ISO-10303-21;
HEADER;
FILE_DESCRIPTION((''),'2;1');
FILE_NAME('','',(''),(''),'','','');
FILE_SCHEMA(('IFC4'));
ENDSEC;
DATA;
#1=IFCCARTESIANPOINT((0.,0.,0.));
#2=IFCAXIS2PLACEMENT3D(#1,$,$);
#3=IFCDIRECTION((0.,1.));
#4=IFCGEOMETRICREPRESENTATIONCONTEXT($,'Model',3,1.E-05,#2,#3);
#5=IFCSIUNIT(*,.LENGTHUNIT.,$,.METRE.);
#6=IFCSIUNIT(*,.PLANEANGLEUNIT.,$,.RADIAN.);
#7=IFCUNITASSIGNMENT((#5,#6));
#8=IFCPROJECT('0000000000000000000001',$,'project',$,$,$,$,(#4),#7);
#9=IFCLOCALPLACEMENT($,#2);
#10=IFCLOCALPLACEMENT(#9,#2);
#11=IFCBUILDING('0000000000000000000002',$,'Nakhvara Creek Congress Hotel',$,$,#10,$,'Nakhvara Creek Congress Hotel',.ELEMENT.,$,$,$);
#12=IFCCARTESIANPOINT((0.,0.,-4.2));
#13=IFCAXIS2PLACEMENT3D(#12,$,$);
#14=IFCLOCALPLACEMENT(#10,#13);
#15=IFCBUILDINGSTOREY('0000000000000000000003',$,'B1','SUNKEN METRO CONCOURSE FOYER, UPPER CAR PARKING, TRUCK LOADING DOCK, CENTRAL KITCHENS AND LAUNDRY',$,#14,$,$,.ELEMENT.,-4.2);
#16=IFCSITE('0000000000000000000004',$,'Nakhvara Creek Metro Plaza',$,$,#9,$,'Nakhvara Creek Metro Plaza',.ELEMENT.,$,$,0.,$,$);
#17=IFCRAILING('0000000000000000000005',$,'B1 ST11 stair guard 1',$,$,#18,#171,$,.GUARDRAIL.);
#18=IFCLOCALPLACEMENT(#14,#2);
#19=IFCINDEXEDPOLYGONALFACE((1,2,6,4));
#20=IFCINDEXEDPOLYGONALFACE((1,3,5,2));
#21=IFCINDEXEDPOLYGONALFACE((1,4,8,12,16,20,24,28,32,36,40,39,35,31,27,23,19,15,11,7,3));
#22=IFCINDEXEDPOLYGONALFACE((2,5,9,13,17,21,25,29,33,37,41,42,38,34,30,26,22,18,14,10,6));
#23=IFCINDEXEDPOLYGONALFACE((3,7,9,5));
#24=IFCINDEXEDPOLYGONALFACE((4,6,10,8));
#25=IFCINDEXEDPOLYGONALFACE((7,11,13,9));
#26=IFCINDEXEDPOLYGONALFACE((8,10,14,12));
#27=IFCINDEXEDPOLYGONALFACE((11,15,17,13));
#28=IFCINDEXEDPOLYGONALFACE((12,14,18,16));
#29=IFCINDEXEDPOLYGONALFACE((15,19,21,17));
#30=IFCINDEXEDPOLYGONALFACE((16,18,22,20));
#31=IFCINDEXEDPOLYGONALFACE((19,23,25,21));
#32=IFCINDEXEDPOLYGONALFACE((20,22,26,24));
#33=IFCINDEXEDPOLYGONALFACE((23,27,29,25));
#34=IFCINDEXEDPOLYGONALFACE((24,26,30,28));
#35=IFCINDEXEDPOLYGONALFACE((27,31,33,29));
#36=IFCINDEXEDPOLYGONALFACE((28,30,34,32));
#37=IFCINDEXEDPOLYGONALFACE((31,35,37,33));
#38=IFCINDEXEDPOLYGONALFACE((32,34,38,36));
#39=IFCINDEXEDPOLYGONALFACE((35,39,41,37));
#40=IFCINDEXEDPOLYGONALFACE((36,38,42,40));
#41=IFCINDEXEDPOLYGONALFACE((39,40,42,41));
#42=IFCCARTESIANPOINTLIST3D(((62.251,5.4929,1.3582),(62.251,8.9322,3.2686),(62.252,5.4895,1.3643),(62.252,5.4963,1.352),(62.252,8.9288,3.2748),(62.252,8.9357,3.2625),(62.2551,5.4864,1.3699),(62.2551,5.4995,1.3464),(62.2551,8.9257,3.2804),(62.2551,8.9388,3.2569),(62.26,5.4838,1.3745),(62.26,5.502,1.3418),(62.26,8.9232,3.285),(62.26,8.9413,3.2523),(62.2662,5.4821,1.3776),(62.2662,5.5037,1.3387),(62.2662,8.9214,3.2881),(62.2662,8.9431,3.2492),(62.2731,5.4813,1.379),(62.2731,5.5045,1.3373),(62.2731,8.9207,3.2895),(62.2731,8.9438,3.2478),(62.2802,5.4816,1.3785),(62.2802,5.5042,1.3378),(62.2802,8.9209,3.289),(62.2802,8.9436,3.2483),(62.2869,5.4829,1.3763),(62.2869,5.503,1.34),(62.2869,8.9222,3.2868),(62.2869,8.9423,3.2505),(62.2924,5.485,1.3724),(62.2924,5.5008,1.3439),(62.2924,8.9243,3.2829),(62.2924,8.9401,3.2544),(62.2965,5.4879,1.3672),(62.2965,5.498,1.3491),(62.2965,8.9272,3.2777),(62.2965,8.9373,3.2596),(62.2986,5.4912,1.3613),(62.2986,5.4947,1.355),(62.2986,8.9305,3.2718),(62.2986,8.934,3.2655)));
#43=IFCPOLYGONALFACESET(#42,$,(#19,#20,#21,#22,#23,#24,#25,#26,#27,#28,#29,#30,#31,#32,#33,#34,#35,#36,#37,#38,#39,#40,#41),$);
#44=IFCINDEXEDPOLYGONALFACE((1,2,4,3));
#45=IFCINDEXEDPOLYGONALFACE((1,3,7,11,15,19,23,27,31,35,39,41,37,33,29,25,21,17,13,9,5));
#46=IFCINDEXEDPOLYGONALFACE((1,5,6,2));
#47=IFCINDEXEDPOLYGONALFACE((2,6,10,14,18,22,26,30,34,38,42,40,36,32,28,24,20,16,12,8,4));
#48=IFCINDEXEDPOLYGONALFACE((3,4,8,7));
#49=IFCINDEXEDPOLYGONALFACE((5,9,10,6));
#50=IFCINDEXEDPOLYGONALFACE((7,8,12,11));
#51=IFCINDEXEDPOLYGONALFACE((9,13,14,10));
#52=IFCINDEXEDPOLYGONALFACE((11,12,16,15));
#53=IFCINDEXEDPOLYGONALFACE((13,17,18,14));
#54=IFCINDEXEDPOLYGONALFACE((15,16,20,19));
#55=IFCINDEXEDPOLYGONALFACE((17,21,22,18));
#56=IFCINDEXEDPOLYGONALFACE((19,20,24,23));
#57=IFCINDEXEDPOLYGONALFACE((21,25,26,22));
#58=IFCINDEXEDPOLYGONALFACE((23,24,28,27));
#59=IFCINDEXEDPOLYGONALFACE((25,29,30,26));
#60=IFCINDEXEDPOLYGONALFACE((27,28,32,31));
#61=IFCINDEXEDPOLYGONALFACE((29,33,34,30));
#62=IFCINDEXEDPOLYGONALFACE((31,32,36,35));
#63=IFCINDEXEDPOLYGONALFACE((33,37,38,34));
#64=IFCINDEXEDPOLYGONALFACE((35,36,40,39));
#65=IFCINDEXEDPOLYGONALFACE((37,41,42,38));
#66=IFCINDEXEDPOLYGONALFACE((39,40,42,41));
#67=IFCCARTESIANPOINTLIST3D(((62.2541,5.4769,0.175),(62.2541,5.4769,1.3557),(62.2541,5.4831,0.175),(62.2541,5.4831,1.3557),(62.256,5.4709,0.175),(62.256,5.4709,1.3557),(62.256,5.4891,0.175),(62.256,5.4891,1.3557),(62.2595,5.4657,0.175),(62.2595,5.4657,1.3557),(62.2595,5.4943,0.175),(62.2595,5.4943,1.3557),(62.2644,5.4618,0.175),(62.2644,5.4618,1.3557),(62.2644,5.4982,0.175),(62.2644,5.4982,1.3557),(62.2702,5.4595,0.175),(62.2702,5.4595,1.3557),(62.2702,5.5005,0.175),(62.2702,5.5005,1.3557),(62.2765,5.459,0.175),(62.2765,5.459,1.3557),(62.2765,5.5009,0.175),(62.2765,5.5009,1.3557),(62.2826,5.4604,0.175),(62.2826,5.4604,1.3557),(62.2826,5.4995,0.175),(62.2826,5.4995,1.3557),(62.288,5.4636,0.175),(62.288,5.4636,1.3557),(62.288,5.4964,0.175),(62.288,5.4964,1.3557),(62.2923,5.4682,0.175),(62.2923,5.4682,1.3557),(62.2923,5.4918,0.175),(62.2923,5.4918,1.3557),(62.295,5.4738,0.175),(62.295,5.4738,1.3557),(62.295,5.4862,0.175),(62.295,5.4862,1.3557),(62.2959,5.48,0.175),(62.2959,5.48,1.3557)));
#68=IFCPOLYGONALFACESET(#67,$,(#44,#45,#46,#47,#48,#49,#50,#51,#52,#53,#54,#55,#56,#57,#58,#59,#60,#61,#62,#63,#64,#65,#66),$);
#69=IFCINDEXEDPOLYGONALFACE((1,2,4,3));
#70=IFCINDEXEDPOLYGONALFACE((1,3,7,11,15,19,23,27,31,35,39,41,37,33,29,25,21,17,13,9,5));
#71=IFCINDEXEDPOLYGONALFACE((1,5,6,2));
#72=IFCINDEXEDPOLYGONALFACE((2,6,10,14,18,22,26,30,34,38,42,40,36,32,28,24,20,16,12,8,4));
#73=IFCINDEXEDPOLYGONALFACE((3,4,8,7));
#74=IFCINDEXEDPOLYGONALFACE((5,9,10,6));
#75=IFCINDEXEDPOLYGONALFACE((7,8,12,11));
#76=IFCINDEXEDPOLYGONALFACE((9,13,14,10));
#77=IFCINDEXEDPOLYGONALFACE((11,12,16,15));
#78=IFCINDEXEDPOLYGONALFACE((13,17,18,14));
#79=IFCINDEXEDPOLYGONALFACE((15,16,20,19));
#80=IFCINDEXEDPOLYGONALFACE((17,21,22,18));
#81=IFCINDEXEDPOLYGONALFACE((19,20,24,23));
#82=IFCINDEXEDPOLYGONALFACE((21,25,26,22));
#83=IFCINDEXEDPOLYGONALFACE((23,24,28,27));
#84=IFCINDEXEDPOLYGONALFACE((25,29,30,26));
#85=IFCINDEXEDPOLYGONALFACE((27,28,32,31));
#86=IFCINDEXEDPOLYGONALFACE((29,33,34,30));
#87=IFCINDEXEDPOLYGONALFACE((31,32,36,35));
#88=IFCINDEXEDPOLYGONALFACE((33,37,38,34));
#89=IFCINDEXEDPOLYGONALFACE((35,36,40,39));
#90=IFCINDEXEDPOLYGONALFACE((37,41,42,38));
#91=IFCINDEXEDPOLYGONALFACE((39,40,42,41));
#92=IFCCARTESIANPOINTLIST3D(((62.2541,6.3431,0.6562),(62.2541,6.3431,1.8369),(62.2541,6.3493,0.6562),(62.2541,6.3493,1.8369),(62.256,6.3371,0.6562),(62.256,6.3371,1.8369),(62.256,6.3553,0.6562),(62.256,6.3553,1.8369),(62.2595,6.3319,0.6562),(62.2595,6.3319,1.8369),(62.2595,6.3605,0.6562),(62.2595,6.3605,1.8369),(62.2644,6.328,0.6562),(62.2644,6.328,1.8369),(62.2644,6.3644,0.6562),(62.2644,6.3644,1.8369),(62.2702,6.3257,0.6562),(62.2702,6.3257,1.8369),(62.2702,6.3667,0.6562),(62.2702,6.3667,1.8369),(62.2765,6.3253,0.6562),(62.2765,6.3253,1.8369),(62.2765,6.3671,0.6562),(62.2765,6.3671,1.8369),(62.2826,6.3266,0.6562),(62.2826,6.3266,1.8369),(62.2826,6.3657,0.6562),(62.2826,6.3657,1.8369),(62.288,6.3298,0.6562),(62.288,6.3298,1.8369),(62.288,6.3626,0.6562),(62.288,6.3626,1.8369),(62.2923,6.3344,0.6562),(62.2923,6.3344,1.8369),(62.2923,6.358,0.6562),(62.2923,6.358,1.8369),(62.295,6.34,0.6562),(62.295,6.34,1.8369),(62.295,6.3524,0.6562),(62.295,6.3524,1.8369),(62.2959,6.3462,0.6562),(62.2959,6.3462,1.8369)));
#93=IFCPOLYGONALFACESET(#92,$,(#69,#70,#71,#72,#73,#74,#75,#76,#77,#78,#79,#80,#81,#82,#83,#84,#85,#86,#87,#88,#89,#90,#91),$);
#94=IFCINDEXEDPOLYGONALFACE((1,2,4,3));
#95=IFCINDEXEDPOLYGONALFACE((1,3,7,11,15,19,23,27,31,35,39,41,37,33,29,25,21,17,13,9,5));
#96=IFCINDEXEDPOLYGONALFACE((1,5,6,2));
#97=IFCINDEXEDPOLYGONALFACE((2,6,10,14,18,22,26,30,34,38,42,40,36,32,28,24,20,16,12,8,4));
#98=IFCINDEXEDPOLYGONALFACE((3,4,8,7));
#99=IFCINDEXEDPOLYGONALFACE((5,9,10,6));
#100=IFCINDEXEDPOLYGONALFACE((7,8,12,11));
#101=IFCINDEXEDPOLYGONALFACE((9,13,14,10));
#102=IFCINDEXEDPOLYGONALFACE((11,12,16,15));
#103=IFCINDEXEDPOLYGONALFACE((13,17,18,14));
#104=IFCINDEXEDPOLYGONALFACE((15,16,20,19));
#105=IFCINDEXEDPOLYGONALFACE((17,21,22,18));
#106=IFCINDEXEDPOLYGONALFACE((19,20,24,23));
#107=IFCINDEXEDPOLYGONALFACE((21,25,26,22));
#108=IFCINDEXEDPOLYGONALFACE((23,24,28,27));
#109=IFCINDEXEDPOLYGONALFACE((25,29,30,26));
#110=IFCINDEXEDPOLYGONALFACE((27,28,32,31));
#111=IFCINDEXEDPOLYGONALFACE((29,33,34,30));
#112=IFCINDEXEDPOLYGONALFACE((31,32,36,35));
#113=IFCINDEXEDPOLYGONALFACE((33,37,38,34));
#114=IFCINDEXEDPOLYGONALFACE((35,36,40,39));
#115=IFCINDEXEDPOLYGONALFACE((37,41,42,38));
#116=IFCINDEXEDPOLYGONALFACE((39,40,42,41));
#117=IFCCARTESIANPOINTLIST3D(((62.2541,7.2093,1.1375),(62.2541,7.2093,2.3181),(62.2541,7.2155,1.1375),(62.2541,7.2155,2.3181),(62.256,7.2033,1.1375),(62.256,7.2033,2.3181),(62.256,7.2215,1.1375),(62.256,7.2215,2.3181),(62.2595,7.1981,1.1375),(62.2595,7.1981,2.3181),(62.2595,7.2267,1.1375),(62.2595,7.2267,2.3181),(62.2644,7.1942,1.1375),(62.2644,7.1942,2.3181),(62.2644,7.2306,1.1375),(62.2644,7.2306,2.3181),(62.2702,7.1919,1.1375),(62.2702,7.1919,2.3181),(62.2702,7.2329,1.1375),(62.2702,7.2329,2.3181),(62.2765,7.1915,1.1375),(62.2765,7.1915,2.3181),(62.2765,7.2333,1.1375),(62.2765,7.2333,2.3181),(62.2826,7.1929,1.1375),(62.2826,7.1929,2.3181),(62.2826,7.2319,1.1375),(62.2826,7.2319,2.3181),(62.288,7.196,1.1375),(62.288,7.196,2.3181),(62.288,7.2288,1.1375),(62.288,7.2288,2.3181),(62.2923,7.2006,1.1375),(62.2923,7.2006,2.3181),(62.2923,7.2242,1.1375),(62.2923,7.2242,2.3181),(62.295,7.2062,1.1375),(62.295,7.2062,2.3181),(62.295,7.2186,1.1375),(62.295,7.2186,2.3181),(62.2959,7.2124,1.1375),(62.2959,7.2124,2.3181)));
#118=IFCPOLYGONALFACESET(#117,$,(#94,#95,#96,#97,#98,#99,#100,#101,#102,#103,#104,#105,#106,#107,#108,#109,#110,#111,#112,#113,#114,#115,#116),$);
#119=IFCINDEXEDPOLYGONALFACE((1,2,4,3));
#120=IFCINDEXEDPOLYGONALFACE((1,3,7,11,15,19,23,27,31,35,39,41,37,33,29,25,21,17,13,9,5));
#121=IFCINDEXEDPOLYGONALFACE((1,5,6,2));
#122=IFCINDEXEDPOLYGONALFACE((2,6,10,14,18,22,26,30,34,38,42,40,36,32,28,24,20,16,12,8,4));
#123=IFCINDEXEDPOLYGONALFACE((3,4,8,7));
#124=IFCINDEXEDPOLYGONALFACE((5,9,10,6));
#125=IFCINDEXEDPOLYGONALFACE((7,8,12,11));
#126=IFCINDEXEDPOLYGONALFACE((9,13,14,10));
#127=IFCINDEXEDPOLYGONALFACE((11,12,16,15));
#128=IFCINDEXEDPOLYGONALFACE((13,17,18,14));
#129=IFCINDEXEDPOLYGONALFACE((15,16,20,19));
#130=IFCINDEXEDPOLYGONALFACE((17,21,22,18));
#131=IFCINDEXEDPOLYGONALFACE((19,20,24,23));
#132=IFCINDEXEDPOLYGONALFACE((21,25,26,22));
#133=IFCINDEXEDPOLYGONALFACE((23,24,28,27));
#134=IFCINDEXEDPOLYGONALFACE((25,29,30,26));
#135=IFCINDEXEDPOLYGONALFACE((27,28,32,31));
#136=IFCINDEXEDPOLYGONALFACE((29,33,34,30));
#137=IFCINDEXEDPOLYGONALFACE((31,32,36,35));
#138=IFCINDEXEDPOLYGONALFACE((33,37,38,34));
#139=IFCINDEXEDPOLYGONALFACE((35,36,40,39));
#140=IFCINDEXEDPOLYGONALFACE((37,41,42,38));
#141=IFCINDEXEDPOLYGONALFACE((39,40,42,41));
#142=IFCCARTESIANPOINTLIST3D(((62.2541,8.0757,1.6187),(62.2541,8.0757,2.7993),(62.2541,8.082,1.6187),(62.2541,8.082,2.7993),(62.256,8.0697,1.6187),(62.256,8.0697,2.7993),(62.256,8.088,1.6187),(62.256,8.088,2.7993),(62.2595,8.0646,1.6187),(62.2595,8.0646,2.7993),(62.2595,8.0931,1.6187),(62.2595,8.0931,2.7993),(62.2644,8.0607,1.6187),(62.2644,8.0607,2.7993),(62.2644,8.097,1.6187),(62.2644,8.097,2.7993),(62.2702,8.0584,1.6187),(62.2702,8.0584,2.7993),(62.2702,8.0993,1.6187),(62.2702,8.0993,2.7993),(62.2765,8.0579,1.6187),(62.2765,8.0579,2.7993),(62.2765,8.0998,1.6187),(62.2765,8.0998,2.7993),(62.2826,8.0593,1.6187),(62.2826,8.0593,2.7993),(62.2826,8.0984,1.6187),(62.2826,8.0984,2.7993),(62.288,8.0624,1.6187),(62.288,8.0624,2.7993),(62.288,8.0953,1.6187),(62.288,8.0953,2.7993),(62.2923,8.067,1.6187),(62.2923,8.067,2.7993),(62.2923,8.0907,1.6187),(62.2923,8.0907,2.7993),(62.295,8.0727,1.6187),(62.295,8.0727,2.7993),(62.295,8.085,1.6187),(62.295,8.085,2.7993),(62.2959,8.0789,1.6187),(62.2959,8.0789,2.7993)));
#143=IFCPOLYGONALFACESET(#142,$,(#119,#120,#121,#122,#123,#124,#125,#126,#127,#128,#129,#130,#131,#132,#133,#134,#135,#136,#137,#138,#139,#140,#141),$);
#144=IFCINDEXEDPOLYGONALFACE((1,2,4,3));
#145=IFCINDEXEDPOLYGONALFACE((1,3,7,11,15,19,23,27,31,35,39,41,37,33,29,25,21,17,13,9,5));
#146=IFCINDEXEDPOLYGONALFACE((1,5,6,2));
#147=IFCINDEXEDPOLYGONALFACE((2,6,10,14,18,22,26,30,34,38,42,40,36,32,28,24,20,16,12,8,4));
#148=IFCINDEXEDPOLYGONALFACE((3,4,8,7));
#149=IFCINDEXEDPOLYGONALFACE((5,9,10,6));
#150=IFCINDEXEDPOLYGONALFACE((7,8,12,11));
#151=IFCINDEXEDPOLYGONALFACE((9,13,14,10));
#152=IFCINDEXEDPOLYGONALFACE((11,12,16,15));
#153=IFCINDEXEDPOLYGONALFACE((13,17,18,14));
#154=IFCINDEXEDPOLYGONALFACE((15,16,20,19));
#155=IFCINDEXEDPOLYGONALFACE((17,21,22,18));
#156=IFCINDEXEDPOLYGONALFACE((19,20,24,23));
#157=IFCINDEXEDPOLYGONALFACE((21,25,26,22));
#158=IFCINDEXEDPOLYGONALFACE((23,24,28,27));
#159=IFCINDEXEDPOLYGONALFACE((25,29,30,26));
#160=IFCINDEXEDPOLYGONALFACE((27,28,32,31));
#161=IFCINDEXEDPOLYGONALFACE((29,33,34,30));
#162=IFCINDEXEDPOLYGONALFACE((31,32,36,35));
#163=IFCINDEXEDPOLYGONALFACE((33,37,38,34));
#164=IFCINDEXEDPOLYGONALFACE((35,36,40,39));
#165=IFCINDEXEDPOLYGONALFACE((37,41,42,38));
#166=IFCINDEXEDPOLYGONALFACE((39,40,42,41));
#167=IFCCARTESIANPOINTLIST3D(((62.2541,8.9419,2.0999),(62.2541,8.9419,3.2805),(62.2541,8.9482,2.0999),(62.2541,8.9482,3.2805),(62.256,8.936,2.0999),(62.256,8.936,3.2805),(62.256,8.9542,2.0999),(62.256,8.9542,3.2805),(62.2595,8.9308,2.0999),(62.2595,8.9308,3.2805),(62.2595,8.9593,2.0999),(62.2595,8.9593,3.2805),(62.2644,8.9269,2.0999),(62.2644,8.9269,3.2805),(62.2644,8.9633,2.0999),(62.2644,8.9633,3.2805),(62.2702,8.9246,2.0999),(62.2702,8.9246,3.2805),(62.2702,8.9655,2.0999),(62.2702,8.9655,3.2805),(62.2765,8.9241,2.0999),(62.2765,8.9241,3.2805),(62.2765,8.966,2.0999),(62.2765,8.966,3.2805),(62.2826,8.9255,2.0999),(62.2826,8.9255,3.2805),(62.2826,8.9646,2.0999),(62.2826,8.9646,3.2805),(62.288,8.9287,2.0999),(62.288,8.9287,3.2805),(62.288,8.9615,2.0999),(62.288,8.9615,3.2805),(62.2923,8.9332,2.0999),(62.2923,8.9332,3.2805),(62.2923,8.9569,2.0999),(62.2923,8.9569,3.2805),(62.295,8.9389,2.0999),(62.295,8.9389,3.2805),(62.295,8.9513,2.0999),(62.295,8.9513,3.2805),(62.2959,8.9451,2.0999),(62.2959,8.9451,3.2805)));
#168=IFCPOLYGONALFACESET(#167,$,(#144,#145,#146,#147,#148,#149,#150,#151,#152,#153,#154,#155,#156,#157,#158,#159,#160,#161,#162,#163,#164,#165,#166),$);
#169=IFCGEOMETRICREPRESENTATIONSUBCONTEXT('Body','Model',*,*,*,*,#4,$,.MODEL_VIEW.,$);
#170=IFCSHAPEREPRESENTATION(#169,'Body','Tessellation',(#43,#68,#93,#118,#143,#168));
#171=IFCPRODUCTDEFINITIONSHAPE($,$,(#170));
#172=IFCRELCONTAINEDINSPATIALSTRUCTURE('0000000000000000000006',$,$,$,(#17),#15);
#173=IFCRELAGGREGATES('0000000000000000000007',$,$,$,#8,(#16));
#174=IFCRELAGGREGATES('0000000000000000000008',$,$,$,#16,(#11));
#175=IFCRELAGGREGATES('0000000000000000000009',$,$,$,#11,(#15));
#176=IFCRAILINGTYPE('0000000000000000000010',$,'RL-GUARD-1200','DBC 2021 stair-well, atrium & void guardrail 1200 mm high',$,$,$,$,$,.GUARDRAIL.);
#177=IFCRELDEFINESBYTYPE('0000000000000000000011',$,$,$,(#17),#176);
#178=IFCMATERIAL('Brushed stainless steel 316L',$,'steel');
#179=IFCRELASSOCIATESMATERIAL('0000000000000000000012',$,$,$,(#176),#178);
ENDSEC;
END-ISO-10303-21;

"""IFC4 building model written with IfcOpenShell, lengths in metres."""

from ifc_helpers import new_model, si_unit, direction, frame, origin, origin_2d, place, context, subcontext, project, spatial, circle, extrude, material, type_object, element, save


model = new_model("IFC4")

# Units and contexts
model_context = context("Model", 3, precision=1e-05, world=origin(), true_north=direction((0.0, 1.0)))
body_context = subcontext(model_context, "Body", "Model", "MODEL_VIEW")
ifc_project = project(units=[si_unit("LENGTHUNIT", "METRE"), si_unit("PLANEANGLEUNIT", "RADIAN")], contexts=[model_context])

# Site, building, storey
site_placement = place(None, origin())
site = spatial("IfcSite", under=ifc_project, at=site_placement, Name="Nakhvara Creek Metro Plaza", LongName="Nakhvara Creek Metro Plaza", CompositionType="ELEMENT", RefElevation=0.0)
building_placement = place(site_placement, origin())
building = spatial("IfcBuilding", under=site, at=building_placement, Name="Nakhvara Creek Congress Hotel", LongName="Nakhvara Creek Congress Hotel", CompositionType="ELEMENT")
storey_placement = place(building_placement, frame((0.0, 0.0, -4.2)))
storey = spatial("IfcBuildingStorey", under=building, at=storey_placement, Name="B1", Description="SUNKEN METRO CONCOURSE FOYER, UPPER CAR PARKING, TRUCK LOADING DOCK, CENTRAL KITCHENS AND LAUNDRY", CompositionType="ELEMENT", Elevation=-4.2)

# Railing
ifc_material_1 = material(Name="Brushed stainless steel 316L", Category="steel")
railing_type_1 = type_object("IfcRailingType", Name="RL-GUARD-1200", Description="DBC 2021 stair-well, atrium & void guardrail 1200 mm high", PredefinedType="GUARDRAIL", material=ifc_material_1)
railing_1_placement = place(storey_placement, frame((62.2749, 5.48, 0.175)))
element("IfcRailing", 1, at=railing_1_placement, inside=storey, type_object=railing_type_1, Name="B1 ST11 stair guard 1", PredefinedType="GUARDRAIL", context=body_context, shape_type="SweptSolid", body=[
    extrude(circle(Radius=0.0239, at=origin_2d()), frame((0.0, 0.0129, 1.1831), z_axis=(0.0, 0.874183, 0.485596), x_axis=(-1.0, 0.0, 0.0)), (0.0, 0.0, 1.0), 3.9343),
    extrude(circle(Radius=0.021, at=origin_2d()), origin(), (0.0, 0.0, 1.0), 1.1807),
    extrude(circle(Radius=0.021, at=origin_2d()), frame((0.0, 0.8662, 0.4812)), (0.0, 0.0, 1.0), 1.1807),
    extrude(circle(Radius=0.021, at=origin_2d()), frame((0.0, 1.7324, 0.9624)), (0.0, 0.0, 1.0), 1.1807),
    extrude(circle(Radius=0.021, at=origin_2d()), frame((0.0, 2.5989, 1.4436)), (0.0, 0.0, 1.0), 1.1807),
    extrude(circle(Radius=0.021, at=origin_2d()), frame((0.0, 3.4651, 1.9248)), (0.0, 0.0, 1.0), 1.1807),
])

save(model, "model.ifc")
